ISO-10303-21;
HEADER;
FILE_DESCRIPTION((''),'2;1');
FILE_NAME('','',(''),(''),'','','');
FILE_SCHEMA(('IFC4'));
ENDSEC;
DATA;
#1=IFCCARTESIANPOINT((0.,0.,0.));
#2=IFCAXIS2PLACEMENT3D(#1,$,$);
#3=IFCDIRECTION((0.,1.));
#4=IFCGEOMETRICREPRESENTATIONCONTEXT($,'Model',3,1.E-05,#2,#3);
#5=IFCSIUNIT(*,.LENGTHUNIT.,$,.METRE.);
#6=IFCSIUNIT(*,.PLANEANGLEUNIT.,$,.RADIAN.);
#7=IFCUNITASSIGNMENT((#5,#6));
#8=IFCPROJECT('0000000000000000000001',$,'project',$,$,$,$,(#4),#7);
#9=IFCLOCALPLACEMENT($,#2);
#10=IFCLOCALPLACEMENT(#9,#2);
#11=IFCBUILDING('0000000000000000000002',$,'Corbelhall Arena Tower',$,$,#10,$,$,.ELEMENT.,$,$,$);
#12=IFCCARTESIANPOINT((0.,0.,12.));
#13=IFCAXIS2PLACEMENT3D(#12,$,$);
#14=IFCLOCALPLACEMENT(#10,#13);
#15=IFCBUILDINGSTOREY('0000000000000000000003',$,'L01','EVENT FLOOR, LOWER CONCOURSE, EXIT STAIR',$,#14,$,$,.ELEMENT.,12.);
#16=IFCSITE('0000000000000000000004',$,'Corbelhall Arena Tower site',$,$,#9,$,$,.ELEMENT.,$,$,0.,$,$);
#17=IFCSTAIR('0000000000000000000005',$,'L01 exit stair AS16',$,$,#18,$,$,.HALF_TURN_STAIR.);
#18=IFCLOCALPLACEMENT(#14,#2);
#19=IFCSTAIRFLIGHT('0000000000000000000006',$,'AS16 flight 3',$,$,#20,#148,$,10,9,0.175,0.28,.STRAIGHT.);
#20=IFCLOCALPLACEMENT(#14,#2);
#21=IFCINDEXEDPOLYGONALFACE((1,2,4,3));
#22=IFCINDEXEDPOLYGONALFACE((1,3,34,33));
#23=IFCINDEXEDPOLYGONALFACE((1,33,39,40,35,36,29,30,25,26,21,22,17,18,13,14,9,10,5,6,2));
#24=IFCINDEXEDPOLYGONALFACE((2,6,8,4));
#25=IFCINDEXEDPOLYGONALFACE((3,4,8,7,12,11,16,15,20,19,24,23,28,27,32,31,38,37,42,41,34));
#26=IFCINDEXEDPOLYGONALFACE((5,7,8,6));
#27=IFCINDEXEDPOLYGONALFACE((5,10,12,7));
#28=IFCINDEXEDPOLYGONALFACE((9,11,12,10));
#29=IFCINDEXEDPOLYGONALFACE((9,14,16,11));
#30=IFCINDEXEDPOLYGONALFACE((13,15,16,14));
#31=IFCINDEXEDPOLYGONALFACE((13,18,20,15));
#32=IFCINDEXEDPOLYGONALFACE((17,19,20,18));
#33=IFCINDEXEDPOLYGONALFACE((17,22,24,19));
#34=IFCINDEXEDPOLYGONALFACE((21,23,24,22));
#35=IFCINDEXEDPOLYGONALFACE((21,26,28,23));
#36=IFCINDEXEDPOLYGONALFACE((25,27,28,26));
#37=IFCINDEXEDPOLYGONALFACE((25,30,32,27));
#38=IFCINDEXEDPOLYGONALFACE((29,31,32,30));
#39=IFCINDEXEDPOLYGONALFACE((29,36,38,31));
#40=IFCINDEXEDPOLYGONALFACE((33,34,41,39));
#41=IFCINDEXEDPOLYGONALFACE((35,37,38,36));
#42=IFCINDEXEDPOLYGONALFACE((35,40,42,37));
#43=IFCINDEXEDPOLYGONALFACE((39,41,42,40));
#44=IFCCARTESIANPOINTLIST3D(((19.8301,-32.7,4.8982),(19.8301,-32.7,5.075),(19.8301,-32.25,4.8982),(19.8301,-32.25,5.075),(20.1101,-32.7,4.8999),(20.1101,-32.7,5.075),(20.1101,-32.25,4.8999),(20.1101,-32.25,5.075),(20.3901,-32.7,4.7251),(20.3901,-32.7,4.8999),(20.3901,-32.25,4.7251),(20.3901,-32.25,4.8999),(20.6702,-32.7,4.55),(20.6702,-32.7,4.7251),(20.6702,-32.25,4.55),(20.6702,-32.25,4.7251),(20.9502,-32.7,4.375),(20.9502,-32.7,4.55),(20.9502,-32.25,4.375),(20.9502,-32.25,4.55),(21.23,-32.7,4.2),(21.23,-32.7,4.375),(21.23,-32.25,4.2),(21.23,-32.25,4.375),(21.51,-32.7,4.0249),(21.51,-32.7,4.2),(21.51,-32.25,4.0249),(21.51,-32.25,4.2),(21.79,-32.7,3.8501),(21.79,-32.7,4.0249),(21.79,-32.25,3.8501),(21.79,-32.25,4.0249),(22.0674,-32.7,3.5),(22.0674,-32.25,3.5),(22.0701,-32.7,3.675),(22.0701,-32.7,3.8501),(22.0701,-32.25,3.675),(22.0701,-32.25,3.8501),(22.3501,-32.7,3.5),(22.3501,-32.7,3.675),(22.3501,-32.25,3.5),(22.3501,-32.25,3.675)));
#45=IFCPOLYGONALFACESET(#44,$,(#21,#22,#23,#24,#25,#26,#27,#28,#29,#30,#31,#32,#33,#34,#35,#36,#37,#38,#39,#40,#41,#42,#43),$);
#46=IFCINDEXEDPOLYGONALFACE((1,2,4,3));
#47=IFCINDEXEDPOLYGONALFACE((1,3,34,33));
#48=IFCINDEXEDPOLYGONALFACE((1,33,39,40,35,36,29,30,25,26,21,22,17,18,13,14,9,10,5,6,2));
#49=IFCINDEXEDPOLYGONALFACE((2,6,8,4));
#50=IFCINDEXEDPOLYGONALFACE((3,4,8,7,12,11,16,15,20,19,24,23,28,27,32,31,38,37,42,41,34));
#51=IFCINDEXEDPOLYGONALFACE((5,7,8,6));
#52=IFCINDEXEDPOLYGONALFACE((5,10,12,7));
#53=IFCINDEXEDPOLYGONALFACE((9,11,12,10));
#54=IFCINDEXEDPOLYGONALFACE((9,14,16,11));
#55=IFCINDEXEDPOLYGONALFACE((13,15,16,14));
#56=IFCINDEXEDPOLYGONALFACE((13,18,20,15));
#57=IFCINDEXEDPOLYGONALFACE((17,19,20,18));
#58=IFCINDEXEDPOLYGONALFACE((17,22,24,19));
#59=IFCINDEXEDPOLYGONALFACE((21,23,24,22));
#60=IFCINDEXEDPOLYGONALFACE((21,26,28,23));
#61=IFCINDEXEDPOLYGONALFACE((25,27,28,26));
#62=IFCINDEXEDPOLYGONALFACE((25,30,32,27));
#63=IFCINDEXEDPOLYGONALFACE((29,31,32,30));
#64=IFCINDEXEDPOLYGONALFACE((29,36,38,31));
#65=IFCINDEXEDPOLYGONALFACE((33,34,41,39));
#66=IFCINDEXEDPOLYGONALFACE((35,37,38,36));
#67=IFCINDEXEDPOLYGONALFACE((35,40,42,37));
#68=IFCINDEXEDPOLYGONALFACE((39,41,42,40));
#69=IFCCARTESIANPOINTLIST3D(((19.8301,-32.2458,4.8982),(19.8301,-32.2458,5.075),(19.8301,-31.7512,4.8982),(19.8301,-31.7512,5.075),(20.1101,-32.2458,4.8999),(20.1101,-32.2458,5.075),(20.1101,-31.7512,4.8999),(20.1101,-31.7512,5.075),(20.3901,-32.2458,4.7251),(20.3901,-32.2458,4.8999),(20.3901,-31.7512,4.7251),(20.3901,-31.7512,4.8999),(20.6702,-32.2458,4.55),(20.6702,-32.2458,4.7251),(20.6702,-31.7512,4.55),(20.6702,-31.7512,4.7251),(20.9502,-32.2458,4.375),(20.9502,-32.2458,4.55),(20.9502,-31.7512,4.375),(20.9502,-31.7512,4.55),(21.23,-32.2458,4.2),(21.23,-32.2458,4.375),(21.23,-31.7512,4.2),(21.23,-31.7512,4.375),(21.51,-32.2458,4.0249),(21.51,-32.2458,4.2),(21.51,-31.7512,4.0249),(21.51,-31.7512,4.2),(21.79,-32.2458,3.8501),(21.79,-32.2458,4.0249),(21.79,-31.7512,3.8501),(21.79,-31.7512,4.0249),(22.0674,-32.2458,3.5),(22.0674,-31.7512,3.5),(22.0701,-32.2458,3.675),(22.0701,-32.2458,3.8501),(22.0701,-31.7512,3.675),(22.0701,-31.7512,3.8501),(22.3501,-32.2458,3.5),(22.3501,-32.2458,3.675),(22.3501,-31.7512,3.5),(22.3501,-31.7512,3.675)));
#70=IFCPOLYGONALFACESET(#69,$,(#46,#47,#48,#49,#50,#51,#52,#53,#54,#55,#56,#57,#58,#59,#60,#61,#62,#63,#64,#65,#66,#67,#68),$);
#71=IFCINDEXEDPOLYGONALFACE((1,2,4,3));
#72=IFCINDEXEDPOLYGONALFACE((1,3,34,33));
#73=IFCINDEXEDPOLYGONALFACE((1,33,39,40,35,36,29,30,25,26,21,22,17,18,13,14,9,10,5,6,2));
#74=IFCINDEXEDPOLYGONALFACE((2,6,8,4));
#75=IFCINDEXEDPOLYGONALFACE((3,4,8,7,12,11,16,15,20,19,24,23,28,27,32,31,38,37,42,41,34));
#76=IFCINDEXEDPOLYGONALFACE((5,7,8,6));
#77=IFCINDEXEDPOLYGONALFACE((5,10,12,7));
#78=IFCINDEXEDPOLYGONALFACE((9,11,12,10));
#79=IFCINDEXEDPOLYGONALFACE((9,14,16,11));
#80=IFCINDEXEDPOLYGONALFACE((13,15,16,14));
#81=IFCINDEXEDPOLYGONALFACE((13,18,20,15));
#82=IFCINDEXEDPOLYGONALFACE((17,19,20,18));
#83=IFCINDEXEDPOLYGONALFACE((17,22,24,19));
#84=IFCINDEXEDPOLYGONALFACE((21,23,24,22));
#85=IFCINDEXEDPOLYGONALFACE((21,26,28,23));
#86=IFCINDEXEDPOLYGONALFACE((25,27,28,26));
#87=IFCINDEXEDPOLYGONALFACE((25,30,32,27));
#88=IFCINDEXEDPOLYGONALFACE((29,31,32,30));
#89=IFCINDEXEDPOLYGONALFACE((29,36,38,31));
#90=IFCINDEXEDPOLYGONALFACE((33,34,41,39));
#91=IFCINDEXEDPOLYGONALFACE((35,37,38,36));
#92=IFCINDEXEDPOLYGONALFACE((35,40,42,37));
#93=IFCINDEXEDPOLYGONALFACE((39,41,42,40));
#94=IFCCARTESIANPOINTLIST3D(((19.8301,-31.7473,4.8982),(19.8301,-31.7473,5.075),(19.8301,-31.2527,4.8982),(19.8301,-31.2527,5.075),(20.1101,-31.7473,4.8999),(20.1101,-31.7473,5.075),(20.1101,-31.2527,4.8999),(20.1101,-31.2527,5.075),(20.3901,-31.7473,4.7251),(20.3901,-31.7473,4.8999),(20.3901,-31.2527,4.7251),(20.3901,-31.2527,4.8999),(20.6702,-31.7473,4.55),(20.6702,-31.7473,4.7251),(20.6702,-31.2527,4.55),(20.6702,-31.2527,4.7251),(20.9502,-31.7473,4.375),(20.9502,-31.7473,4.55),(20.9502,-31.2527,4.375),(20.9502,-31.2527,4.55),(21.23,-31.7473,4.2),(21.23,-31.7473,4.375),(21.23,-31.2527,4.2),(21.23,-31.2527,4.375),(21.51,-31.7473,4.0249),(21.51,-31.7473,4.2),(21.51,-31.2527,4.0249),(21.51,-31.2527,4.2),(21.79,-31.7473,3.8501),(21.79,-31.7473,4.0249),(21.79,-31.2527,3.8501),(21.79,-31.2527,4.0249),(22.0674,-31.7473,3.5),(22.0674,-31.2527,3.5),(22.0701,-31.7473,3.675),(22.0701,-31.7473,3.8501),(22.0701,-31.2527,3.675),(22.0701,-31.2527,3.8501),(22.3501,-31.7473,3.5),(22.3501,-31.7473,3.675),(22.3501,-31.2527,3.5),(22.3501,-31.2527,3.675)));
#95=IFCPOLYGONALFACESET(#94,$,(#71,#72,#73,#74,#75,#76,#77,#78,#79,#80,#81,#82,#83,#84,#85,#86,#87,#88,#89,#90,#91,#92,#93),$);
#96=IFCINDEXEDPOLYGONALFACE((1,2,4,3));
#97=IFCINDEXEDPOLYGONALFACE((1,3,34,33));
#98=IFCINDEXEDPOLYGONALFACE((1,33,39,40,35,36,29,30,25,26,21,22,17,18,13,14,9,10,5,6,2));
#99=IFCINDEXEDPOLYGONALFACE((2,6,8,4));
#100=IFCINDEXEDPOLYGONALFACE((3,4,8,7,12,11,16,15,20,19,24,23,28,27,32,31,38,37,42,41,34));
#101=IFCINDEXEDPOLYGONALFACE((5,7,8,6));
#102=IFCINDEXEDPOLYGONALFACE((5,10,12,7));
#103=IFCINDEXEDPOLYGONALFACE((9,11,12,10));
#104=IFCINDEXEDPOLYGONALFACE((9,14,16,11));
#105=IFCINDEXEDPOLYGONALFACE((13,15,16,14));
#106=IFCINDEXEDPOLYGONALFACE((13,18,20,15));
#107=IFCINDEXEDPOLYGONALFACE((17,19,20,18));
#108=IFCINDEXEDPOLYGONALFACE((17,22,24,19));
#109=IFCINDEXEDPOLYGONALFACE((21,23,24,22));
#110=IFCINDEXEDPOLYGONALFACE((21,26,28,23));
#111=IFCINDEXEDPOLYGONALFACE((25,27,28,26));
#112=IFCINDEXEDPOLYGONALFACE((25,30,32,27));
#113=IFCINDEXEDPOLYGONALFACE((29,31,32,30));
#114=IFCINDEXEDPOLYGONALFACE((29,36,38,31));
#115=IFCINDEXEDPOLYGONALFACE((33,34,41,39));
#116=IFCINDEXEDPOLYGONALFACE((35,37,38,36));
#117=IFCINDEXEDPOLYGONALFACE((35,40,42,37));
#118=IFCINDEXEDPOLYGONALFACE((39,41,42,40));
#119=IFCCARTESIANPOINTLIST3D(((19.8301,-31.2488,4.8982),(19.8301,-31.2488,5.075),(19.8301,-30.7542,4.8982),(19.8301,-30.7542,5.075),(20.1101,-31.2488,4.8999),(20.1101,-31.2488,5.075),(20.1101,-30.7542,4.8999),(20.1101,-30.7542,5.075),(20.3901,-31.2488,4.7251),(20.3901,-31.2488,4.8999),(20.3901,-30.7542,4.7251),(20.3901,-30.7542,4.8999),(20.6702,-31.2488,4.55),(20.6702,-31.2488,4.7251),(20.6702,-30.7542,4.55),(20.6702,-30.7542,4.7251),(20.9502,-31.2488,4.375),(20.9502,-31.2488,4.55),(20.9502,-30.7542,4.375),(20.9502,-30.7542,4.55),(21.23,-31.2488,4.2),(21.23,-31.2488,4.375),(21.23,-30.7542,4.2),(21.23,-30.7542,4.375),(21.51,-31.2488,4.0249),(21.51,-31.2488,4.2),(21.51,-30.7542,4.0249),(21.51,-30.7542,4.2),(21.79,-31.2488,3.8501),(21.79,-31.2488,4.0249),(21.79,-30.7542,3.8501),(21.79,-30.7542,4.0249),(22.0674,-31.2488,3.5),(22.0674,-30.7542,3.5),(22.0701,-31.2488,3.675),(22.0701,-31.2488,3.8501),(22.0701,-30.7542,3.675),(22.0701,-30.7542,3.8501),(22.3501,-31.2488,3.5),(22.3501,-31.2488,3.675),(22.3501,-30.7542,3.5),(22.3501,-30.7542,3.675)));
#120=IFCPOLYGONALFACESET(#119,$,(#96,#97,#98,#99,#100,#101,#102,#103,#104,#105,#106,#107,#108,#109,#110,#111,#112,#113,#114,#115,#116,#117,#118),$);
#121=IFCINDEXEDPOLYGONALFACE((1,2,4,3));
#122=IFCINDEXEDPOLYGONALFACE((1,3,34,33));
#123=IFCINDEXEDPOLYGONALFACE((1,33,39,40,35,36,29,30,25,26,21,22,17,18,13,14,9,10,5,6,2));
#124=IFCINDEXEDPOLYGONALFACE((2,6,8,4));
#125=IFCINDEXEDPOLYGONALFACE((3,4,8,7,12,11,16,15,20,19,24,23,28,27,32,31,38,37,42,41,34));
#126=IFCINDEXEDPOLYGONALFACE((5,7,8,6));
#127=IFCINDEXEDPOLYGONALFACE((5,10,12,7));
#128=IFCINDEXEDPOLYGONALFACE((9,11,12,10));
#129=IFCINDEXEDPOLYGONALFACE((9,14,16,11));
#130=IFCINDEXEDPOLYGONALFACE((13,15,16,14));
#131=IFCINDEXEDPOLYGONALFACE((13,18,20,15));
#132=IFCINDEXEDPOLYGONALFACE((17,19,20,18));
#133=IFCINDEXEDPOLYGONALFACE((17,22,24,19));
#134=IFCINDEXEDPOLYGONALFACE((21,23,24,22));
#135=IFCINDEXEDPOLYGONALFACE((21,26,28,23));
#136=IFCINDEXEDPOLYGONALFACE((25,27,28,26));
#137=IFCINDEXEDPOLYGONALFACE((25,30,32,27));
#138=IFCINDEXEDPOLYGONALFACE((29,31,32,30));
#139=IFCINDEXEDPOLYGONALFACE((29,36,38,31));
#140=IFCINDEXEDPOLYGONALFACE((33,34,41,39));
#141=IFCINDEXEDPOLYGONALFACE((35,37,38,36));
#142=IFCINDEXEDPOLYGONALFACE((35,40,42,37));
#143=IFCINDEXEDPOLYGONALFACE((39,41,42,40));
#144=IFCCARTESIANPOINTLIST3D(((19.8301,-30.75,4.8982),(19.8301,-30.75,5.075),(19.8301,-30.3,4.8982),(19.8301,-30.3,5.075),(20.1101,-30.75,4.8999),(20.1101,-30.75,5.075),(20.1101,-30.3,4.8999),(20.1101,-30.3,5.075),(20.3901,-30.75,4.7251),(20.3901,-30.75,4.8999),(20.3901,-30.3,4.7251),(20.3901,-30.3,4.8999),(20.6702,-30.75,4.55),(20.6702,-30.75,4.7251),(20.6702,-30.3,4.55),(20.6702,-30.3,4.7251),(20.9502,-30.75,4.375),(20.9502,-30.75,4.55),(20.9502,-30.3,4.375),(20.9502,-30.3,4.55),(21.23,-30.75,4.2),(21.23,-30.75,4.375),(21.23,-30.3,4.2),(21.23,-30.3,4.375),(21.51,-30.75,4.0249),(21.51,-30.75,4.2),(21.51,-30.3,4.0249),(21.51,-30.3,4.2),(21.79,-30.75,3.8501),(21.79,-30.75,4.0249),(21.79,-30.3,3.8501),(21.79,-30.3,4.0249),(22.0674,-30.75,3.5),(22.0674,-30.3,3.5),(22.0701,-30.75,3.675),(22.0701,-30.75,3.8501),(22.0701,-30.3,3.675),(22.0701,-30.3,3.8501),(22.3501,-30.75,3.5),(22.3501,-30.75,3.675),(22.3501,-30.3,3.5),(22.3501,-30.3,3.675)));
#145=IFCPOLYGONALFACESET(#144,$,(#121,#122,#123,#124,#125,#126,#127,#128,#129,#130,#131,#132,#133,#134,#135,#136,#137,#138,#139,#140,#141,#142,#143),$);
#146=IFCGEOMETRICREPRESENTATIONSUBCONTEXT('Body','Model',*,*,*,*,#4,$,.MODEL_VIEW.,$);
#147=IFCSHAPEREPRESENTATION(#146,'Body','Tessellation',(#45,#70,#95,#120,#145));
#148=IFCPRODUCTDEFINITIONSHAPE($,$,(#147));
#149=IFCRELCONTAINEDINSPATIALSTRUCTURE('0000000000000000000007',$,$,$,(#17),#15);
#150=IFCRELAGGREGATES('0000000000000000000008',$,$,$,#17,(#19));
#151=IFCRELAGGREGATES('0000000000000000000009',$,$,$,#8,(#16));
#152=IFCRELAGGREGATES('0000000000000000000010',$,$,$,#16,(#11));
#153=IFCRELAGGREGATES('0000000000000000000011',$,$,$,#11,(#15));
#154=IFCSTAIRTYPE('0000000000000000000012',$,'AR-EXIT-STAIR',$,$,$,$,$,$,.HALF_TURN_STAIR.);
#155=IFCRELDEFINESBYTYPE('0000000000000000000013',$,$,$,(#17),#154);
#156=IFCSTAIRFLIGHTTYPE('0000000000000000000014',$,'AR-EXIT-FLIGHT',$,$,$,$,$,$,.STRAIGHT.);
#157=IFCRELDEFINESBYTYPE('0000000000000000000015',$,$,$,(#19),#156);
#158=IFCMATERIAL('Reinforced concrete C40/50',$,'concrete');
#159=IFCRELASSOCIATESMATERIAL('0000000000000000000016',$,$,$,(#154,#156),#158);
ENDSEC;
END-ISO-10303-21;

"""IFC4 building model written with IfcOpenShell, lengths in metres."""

from ifc_helpers import new_model, si_unit, direction, frame, origin, place, context, subcontext, project, spatial, polyline, outline, extrude, material, type_object, element, aggregate, save


model = new_model("IFC4")

# Units and contexts
model_context = context("Model", 3, precision=1e-05, world=origin(), true_north=direction((0.0, 1.0)))
body_context = subcontext(model_context, "Body", "Model", "MODEL_VIEW")
ifc_project = project(units=[si_unit("LENGTHUNIT", "METRE"), si_unit("PLANEANGLEUNIT", "RADIAN")], contexts=[model_context])

# Site, building, storey
site_placement = place(None, origin())
site = spatial("IfcSite", under=ifc_project, at=site_placement, Name="Corbelhall Arena Tower site", CompositionType="ELEMENT", RefElevation=0.0)
building_placement = place(site_placement, origin())
building = spatial("IfcBuilding", under=site, at=building_placement, Name="Corbelhall Arena Tower", CompositionType="ELEMENT")
storey_placement = place(building_placement, frame((0.0, 0.0, 12.0)))
storey = spatial("IfcBuildingStorey", under=building, at=storey_placement, Name="L01", Description="EVENT FLOOR, LOWER CONCOURSE, EXIT STAIR", CompositionType="ELEMENT", Elevation=12.0)

# Shared definitions
ifc_material_1 = material(Name="Reinforced concrete C40/50", Category="concrete")

# Stair, stair flight
stair_type = type_object("IfcStairType", Name="AR-EXIT-STAIR", PredefinedType="HALF_TURN_STAIR", material=ifc_material_1)
stair_placement = place(storey_placement, origin())
stair = element("IfcStair", 1, at=stair_placement, inside=storey, type_object=stair_type, Name="L01 exit stair AS16", PredefinedType="HALF_TURN_STAIR")
stair_flight_type = type_object("IfcStairFlightType", Name="AR-EXIT-FLIGHT", PredefinedType="STRAIGHT", material=ifc_material_1)
stair_flight_1_placement = place(storey_placement, frame((22.3501, -31.5, 3.5), z_axis=(0.0, 0.0, 1.0), x_axis=(-1.0, 0.0, 0.0)))
stair_flight_1 = element("IfcStairFlight", 2, at=stair_flight_1_placement, type_object=stair_flight_type, Name="AS16 flight 3", NumberOfRisers=10, NumberOfTreads=9, PredefinedType="STRAIGHT", RiserHeight=0.175, TreadLength=0.28, context=body_context, shape_type="SweptSolid", body=[
    extrude(outline(polyline([(0.0, 0.0), (0.0, 0.175), (0.28, 0.175), (0.28, 0.3501), (0.5601, 0.3501), (0.5601, 0.5249), (0.8401, 0.5249), (0.8401, 0.7), (1.1201, 0.7), (1.1201, 0.875), (1.3999, 0.875), (1.3999, 1.05), (1.6799, 1.05), (1.6799, 1.2251), (1.96, 1.2251), (1.96, 1.3999), (2.24, 1.3999), (2.24, 1.575), (2.52, 1.575), (2.52, 1.75), (2.52, 1.3982), (0.2827, 0.0), (0.0, 0.0)])), frame((0.0, 1.2, 0.0), z_axis=(0.0, -1.0, 0.0), x_axis=(1.0, 0.0, 0.0)), (0.0, 0.0, 1.0), 0.45),
    extrude(outline(polyline([(0.0, 0.0), (0.0, 0.175), (0.28, 0.175), (0.28, 0.3501), (0.5601, 0.3501), (0.5601, 0.5249), (0.8401, 0.5249), (0.8401, 0.7), (1.1201, 0.7), (1.1201, 0.875), (1.3999, 0.875), (1.3999, 1.05), (1.6799, 1.05), (1.6799, 1.2251), (1.96, 1.2251), (1.96, 1.3999), (2.24, 1.3999), (2.24, 1.575), (2.52, 1.575), (2.52, 1.75), (2.52, 1.3982), (0.2827, 0.0), (0.0, 0.0)])), frame((0.0, 0.7458, 0.0), z_axis=(0.0, -1.0, 0.0), x_axis=(1.0, 0.0, 0.0)), (0.0, 0.0, 1.0), 0.4946),
    extrude(outline(polyline([(0.0, 0.0), (0.0, 0.175), (0.28, 0.175), (0.28, 0.3501), (0.5601, 0.3501), (0.5601, 0.5249), (0.8401, 0.5249), (0.8401, 0.7), (1.1201, 0.7), (1.1201, 0.875), (1.3999, 0.875), (1.3999, 1.05), (1.6799, 1.05), (1.6799, 1.2251), (1.96, 1.2251), (1.96, 1.3999), (2.24, 1.3999), (2.24, 1.575), (2.52, 1.575), (2.52, 1.75), (2.52, 1.3982), (0.2827, 0.0), (0.0, 0.0)])), frame((0.0, 0.2473, 0.0), z_axis=(0.0, -1.0, 0.0), x_axis=(1.0, 0.0, 0.0)), (0.0, 0.0, 1.0), 0.4946),
    extrude(outline(polyline([(0.0, 0.0), (0.0, 0.175), (0.28, 0.175), (0.28, 0.3501), (0.5601, 0.3501), (0.5601, 0.5249), (0.8401, 0.5249), (0.8401, 0.7), (1.1201, 0.7), (1.1201, 0.875), (1.3999, 0.875), (1.3999, 1.05), (1.6799, 1.05), (1.6799, 1.2251), (1.96, 1.2251), (1.96, 1.3999), (2.24, 1.3999), (2.24, 1.575), (2.52, 1.575), (2.52, 1.75), (2.52, 1.3982), (0.2827, 0.0), (0.0, 0.0)])), frame((0.0, -0.2512, 0.0), z_axis=(0.0, -1.0, 0.0), x_axis=(1.0, 0.0, 0.0)), (0.0, 0.0, 1.0), 0.4946),
    extrude(outline(polyline([(0.0, 0.0), (0.0, 0.175), (0.28, 0.175), (0.28, 0.3501), (0.5601, 0.3501), (0.5601, 0.5249), (0.8401, 0.5249), (0.8401, 0.7), (1.1201, 0.7), (1.1201, 0.875), (1.3999, 0.875), (1.3999, 1.05), (1.6799, 1.05), (1.6799, 1.2251), (1.96, 1.2251), (1.96, 1.3999), (2.24, 1.3999), (2.24, 1.575), (2.52, 1.575), (2.52, 1.75), (2.52, 1.3982), (0.2827, 0.0), (0.0, 0.0)])), frame((0.0, -0.75, 0.0), z_axis=(0.0, -1.0, 0.0), x_axis=(1.0, 0.0, 0.0)), (0.0, 0.0, 1.0), 0.45),
])
aggregate(stair, [stair_flight_1])

save(model, "model.ifc")
